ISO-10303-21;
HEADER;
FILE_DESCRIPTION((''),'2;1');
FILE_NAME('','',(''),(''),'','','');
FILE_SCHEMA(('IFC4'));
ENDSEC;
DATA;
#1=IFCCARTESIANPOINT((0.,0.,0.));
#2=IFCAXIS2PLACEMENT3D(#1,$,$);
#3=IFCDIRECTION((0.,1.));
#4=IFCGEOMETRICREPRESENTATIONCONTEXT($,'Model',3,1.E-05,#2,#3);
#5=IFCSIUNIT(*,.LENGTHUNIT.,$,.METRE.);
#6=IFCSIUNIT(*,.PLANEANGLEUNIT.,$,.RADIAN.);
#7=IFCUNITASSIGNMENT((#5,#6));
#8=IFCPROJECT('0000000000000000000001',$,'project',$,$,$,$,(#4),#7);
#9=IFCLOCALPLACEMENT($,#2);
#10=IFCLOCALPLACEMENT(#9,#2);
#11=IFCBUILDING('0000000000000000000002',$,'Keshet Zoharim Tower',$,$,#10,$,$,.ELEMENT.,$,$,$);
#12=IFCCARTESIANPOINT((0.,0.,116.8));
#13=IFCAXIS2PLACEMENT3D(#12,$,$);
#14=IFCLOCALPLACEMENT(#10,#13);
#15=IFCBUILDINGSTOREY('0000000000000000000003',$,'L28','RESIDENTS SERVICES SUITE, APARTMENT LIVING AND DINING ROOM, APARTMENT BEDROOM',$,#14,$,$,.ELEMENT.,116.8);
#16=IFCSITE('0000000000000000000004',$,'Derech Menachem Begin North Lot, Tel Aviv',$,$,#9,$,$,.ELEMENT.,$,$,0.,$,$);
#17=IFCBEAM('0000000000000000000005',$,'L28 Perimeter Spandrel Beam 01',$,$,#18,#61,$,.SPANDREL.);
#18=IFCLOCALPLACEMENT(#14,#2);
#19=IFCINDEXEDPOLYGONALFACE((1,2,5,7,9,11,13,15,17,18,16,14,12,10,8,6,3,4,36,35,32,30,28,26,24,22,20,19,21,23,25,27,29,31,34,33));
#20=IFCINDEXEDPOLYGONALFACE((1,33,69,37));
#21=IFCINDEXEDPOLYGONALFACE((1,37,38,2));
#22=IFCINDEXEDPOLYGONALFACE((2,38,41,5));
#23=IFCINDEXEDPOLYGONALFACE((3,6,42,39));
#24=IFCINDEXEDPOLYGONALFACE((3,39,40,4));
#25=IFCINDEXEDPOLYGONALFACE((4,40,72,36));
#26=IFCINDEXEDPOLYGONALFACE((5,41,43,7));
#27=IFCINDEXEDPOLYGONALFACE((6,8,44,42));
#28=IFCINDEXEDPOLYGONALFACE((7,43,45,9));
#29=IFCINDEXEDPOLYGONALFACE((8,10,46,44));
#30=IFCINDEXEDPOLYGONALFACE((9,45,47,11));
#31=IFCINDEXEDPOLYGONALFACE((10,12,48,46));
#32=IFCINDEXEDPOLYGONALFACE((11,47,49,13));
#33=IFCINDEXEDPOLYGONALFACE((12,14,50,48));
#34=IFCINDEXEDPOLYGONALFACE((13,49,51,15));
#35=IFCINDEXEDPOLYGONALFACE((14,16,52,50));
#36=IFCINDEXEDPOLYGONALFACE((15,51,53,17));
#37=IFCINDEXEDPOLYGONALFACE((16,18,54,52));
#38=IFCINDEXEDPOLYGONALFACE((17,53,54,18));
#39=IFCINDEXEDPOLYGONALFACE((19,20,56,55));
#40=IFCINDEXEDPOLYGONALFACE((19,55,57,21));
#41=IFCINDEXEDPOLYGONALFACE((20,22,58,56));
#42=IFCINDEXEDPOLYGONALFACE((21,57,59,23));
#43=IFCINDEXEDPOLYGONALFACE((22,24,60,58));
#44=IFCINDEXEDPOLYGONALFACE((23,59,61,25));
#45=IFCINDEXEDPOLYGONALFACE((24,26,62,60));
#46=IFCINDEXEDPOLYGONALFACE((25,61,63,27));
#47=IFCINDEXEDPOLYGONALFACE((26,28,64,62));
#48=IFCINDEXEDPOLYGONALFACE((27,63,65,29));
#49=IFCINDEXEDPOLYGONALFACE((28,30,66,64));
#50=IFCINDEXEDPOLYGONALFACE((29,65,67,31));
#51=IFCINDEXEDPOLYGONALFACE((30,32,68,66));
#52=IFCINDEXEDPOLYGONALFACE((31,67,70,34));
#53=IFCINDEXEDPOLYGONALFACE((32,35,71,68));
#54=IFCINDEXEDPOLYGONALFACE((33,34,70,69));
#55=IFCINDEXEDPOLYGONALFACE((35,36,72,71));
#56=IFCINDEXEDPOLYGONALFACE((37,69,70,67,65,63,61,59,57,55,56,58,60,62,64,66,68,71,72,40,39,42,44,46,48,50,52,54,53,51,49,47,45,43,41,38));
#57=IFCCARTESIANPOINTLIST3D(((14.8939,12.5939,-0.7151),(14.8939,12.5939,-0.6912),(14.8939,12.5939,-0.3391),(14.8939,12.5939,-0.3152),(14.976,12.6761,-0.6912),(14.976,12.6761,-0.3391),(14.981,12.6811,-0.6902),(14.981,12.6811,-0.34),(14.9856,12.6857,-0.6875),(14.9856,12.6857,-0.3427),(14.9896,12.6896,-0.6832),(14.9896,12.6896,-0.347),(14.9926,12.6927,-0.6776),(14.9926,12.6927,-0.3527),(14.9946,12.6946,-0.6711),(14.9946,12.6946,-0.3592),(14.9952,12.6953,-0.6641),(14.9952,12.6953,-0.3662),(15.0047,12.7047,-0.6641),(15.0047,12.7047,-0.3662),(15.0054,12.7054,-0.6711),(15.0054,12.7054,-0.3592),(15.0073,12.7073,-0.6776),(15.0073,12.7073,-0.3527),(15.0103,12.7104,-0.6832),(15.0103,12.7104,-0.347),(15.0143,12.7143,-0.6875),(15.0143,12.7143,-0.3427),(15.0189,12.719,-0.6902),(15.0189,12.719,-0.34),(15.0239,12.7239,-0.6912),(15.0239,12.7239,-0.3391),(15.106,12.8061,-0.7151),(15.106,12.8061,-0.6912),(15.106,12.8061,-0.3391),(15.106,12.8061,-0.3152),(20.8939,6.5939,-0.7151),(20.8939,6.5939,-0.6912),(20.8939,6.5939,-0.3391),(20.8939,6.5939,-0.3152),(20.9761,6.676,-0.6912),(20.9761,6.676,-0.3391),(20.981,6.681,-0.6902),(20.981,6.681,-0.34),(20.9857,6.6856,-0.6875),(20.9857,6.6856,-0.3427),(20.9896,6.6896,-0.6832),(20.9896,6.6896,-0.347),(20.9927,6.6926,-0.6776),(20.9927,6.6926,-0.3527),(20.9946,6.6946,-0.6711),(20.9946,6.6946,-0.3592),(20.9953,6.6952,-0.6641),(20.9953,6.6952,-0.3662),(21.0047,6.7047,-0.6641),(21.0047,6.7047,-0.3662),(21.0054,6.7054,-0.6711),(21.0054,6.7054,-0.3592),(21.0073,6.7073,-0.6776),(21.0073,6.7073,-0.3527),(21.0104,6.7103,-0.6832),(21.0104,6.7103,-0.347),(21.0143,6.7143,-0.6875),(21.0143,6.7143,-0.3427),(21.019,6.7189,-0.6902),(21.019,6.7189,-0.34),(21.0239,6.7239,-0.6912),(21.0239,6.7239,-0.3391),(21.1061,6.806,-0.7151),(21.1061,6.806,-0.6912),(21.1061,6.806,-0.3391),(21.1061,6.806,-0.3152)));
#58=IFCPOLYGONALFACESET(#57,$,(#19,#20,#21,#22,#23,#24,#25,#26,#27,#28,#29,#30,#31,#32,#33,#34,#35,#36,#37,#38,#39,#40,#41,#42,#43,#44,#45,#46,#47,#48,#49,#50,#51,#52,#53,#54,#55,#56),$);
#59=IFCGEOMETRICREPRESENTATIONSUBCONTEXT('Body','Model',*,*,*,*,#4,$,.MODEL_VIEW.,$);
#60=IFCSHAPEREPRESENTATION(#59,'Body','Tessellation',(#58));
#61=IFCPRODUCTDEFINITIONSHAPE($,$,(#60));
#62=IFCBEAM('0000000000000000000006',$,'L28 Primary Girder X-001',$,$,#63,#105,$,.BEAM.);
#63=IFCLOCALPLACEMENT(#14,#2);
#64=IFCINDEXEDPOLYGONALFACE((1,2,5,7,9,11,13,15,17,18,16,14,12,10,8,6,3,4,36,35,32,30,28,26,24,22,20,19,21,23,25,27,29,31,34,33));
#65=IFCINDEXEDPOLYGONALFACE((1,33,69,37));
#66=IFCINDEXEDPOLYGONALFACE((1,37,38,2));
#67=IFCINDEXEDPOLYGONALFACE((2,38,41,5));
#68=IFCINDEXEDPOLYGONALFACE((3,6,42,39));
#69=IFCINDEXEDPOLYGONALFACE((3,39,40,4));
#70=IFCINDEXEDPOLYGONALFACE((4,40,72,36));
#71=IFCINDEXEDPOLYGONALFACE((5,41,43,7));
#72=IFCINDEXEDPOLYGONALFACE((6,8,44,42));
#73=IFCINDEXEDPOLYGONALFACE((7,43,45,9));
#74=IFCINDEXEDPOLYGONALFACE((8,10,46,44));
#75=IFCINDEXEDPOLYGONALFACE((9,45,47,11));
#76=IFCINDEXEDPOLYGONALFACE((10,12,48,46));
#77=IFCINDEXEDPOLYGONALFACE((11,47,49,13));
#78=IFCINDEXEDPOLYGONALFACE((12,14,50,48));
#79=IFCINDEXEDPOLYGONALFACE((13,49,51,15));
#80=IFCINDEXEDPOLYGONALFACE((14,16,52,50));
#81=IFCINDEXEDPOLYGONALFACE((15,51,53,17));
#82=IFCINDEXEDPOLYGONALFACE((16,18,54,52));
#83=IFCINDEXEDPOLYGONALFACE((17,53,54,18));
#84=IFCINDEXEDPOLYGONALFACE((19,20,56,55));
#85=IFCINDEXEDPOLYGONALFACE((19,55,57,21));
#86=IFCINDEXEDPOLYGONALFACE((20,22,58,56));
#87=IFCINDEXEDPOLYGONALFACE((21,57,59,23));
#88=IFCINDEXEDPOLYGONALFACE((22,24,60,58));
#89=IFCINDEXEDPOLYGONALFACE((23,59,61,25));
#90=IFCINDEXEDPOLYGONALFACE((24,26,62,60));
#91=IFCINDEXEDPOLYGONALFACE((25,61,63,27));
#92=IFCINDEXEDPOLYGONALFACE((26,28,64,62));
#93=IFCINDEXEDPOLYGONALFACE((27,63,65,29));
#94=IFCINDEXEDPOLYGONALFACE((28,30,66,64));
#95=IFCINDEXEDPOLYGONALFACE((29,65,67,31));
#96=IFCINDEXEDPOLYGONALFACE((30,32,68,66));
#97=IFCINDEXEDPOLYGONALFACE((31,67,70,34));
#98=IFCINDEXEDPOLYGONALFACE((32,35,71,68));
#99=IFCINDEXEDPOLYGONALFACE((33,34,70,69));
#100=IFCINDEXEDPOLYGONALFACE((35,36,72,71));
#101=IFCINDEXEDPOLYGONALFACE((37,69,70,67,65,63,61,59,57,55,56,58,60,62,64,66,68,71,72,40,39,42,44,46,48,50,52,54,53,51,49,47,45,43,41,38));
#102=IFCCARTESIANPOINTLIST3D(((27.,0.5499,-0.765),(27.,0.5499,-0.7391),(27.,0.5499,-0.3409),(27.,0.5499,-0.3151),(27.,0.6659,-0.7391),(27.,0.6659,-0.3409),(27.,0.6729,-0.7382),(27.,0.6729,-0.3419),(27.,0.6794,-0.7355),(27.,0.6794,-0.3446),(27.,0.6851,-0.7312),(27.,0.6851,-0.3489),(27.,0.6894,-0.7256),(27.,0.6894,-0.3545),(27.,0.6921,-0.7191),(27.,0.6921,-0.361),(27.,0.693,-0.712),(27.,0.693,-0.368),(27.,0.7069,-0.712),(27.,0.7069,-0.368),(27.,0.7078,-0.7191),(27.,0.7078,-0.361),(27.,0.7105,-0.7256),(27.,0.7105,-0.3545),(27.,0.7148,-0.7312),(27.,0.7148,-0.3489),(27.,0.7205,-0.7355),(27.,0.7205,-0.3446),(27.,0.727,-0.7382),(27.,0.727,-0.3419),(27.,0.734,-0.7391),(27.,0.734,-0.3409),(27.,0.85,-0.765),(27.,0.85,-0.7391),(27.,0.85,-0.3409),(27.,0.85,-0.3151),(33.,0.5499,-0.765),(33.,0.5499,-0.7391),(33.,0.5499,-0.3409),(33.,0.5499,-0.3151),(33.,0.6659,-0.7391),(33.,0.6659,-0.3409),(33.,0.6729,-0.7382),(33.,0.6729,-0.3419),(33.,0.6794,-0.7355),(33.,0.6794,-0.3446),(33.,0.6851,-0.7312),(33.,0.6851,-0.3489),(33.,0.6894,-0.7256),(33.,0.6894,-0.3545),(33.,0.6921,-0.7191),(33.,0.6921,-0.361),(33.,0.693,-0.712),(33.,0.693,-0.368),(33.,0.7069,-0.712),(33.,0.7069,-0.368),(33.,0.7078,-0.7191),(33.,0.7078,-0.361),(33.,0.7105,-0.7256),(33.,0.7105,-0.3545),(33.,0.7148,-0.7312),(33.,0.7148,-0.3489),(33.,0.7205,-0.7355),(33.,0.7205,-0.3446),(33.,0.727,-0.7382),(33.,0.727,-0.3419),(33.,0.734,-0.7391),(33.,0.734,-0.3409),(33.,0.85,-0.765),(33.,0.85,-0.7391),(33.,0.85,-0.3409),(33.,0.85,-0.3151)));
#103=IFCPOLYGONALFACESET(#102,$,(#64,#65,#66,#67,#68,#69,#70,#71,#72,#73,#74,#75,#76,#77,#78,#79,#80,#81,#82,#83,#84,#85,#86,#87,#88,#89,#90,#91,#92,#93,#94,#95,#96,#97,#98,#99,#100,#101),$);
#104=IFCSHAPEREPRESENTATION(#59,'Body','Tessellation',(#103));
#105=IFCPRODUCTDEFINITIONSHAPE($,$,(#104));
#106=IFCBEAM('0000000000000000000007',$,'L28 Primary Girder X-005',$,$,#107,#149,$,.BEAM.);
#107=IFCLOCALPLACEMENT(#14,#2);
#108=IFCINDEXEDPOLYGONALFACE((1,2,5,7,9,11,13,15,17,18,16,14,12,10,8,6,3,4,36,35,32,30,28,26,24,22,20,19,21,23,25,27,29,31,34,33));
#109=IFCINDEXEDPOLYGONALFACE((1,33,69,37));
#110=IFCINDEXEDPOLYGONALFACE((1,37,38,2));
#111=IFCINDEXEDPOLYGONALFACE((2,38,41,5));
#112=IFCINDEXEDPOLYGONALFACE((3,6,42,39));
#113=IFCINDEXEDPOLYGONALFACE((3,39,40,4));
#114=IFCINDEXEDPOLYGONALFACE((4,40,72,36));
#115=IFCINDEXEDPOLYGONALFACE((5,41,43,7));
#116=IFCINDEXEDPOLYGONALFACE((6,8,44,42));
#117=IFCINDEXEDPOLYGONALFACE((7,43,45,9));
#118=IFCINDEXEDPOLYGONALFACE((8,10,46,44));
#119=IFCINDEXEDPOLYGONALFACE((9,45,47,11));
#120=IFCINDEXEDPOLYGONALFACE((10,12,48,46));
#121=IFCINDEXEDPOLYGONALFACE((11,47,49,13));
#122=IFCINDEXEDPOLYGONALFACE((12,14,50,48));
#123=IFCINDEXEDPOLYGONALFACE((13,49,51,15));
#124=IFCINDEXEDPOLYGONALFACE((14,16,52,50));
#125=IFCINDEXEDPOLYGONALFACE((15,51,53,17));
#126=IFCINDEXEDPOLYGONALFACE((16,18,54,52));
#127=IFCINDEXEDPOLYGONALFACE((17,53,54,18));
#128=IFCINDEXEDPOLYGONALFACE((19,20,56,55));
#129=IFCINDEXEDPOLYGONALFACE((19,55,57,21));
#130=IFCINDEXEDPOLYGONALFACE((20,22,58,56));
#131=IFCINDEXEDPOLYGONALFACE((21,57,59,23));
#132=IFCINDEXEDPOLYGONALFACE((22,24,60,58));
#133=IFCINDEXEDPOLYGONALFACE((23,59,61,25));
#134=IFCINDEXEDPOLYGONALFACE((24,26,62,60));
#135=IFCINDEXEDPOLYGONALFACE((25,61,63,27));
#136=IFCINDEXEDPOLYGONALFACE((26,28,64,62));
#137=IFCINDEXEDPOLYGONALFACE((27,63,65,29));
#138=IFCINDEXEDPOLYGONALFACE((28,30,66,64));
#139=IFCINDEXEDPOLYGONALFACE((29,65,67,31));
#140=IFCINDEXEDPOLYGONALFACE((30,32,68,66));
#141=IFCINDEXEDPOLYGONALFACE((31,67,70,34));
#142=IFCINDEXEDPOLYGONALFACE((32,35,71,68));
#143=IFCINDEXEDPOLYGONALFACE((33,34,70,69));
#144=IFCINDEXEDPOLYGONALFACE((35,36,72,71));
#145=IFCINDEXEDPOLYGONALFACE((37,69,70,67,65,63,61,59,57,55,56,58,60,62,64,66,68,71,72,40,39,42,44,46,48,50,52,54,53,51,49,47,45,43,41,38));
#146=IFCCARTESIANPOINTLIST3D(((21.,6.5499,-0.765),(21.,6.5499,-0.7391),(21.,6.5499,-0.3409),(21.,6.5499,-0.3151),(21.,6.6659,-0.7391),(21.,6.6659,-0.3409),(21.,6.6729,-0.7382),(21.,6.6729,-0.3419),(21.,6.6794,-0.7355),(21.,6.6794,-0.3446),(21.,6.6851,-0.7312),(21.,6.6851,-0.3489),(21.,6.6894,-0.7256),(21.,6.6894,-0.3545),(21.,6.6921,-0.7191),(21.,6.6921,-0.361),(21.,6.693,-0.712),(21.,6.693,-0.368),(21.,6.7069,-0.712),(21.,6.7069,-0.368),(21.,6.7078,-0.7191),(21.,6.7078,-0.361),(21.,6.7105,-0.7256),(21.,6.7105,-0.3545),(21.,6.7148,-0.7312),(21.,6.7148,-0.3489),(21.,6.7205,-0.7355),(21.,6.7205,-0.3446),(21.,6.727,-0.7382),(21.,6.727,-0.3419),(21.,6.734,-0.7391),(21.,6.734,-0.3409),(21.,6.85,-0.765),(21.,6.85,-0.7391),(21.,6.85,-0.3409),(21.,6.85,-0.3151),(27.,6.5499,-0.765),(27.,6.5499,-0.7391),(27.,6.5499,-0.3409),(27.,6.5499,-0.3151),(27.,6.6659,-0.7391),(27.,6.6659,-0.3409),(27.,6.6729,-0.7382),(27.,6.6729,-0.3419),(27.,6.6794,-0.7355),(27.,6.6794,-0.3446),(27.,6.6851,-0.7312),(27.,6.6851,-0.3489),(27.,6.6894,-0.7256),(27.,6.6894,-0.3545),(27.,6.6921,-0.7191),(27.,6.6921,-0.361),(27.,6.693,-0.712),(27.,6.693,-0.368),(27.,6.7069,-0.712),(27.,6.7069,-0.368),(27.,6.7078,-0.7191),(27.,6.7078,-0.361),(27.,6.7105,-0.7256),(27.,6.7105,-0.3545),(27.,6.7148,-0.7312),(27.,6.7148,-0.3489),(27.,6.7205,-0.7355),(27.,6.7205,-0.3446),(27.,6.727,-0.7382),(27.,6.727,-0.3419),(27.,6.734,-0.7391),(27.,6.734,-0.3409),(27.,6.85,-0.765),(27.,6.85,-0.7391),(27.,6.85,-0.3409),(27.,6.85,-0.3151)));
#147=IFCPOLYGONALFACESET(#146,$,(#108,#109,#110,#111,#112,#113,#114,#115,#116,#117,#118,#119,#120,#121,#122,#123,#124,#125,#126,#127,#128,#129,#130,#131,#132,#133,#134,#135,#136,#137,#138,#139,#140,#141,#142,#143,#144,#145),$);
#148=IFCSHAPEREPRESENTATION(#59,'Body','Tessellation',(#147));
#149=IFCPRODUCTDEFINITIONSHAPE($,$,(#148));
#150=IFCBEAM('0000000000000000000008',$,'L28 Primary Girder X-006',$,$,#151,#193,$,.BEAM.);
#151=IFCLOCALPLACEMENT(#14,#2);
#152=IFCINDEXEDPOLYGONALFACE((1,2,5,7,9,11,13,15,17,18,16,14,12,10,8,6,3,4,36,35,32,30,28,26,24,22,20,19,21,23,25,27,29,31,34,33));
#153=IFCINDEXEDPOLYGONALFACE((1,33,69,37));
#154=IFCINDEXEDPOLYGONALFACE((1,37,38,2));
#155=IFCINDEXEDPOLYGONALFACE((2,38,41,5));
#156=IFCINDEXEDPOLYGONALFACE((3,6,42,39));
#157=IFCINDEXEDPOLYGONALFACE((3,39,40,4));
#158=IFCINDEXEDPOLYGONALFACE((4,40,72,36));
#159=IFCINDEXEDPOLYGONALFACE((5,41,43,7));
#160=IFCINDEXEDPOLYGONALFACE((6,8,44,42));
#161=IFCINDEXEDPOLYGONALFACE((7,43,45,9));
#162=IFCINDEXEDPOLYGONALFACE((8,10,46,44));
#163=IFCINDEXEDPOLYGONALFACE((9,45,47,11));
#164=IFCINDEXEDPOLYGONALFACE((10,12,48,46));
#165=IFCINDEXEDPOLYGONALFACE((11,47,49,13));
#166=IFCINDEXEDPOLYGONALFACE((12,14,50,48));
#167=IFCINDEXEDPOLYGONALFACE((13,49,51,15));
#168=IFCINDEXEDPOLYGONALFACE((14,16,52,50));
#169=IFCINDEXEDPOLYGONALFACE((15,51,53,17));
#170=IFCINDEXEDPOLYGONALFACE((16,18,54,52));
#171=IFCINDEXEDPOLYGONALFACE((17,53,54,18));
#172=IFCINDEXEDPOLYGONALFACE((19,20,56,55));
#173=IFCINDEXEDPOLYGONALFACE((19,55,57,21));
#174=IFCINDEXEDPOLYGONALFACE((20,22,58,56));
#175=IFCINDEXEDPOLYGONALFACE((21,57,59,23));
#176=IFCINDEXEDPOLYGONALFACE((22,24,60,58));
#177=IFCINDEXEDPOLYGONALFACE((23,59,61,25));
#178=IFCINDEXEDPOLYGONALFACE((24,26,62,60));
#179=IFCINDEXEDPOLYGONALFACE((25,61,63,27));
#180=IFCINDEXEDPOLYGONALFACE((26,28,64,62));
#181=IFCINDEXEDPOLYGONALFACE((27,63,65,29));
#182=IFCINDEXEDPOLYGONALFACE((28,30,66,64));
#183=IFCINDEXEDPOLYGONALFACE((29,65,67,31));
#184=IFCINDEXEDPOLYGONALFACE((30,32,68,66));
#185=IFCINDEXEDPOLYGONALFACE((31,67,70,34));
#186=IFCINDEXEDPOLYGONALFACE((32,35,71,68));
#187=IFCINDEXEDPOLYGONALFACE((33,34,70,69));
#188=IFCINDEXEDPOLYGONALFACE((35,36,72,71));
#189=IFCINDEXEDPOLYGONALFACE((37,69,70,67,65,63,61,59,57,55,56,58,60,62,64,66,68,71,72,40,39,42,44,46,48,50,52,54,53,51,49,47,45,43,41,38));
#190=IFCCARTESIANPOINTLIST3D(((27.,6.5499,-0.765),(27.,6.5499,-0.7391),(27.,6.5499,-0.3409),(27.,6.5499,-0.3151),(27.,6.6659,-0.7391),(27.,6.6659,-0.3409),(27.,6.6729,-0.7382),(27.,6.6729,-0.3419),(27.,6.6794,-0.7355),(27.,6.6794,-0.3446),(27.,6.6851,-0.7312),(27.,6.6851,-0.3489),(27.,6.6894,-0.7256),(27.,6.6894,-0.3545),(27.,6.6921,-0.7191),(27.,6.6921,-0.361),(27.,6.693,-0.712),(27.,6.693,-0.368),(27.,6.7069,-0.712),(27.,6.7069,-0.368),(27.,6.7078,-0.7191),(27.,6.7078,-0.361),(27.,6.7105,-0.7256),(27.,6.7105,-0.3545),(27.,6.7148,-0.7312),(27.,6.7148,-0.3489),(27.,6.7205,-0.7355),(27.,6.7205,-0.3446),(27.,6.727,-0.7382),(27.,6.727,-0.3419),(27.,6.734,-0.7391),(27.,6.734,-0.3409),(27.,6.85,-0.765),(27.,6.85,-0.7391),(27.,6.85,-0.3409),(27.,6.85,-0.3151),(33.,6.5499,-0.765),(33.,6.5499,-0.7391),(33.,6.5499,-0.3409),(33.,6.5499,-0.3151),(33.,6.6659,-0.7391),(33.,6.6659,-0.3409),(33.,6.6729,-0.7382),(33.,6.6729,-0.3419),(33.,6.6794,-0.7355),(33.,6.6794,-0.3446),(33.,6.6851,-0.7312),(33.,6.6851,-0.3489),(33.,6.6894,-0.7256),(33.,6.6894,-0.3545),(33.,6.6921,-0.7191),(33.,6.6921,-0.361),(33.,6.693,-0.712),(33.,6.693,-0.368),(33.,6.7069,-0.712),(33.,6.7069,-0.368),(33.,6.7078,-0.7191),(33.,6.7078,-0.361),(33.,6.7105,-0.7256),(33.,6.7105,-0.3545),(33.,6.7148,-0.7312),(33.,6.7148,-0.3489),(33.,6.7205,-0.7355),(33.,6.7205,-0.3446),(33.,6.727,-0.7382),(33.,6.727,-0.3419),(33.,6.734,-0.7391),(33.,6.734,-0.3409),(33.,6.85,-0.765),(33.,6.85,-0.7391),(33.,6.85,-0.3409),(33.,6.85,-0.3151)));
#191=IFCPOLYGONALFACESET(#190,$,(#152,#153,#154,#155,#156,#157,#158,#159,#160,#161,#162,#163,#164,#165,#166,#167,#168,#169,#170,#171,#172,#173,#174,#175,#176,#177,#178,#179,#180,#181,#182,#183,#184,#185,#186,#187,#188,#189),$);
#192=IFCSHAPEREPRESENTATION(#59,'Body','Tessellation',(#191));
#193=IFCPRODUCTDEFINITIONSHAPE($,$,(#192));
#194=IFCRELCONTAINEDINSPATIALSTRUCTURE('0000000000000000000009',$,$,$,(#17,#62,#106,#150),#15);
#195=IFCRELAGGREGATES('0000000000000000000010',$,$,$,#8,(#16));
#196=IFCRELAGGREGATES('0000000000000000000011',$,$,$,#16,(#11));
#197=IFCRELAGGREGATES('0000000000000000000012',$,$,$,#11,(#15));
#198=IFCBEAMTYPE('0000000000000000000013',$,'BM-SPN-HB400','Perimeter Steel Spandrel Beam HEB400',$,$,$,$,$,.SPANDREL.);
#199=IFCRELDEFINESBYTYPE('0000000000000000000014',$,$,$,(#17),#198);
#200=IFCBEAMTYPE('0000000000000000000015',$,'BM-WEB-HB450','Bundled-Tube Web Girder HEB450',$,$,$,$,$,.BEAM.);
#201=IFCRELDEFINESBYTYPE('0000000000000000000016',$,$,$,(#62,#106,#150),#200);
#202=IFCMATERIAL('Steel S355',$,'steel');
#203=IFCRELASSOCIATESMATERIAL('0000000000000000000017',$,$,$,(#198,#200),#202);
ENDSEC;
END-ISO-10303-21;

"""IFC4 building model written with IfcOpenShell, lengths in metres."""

from ifc_helpers import new_model, si_unit, direction, frame, origin, origin_2d, place, context, subcontext, project, spatial, i_section, extrude, material, material_profile, profile_set, type_object, element, save


model = new_model("IFC4")

# Units and contexts
model_context = context("Model", 3, precision=1e-05, world=origin(), true_north=direction((0.0, 1.0)))
body_context = subcontext(model_context, "Body", "Model", "MODEL_VIEW")
ifc_project = project(units=[si_unit("LENGTHUNIT", "METRE"), si_unit("PLANEANGLEUNIT", "RADIAN")], contexts=[model_context])

# Site, building, storey
site_placement = place(None, origin())
site = spatial("IfcSite", under=ifc_project, at=site_placement, Name="Derech Menachem Begin North Lot, Tel Aviv", CompositionType="ELEMENT", RefElevation=0.0)
building_placement = place(site_placement, origin())
building = spatial("IfcBuilding", under=site, at=building_placement, Name="Keshet Zoharim Tower", CompositionType="ELEMENT")
storey_placement = place(building_placement, frame((0.0, 0.0, 116.8)))
storey = spatial("IfcBuildingStorey", under=building, at=storey_placement, Name="L28", Description="RESIDENTS SERVICES SUITE, APARTMENT LIVING AND DINING ROOM, APARTMENT BEDROOM", CompositionType="ELEMENT", Elevation=116.8)

# Shared definitions
ifc_material_1 = material(Name="Steel S355", Category="steel")

# Beams
ifc_material_profile_1 = material_profile(ifc_material_1, i_section(OverallWidth=0.3, OverallDepth=0.3999, WebThickness=0.0134, FlangeThickness=0.0239, FilletRadius=0.0271, at=origin_2d()), Name="HEB400")
ifc_profile_set_1 = profile_set([ifc_material_profile_1], Name="Steel S355")
beam_type_1 = type_object("IfcBeamType", Name="BM-SPN-HB400", Description="Perimeter Steel Spandrel Beam HEB400", PredefinedType="SPANDREL", material=ifc_profile_set_1)
beam_1_placement = place(storey_placement, frame((21.0, 6.7, -0.5151), z_axis=(-0.707107, 0.707107, 0.0), x_axis=(-0.707107, -0.707107, 0.0)))
element("IfcBeam", 1, at=beam_1_placement, inside=storey, type_object=beam_type_1, Name="L28 Perimeter Spandrel Beam 01", PredefinedType="SPANDREL", context=body_context, shape_type="SweptSolid", body=[
    extrude(i_section(OverallWidth=0.3, OverallDepth=0.3999, WebThickness=0.0134, FlangeThickness=0.0239, FilletRadius=0.0271, at=origin_2d()), origin(), (0.0, 0.0, 1.0), 8.4854),
])
ifc_material_profile_2 = material_profile(ifc_material_1, i_section(OverallWidth=0.3, OverallDepth=0.45, WebThickness=0.0139, FlangeThickness=0.0259, FilletRadius=0.0271, at=origin_2d()), Name="HEB450")
ifc_profile_set_2 = profile_set([ifc_material_profile_2], Name="Steel S355")
beam_type_2 = type_object("IfcBeamType", Name="BM-WEB-HB450", Description="Bundled-Tube Web Girder HEB450", PredefinedType="BEAM", material=ifc_profile_set_2)
for number, where, z_axis, x_axis, name in (
    (2, (27.0, 0.7, -0.54), (1.0, 0.0, 0.0), (0.0, 1.0, 0.0), "L28 Primary Girder X-001"),
    (3, (21.0, 6.7, -0.54), (1.0, 0.0, 0.0), (0.0, 1.0, 0.0), "L28 Primary Girder X-005"),
    (4, (27.0, 6.7, -0.54), (1.0, 0.0, 0.0), (0.0, 1.0, 0.0), "L28 Primary Girder X-006"),
):
    element("IfcBeam", number, at=place(storey_placement, frame(where, z_axis=z_axis, x_axis=x_axis)), inside=storey, type_object=beam_type_2, Name=name, PredefinedType="BEAM", context=body_context, shape_type="SweptSolid", body=[
        extrude(i_section(OverallWidth=0.3, OverallDepth=0.45, WebThickness=0.0139, FlangeThickness=0.0259, FilletRadius=0.0271, at=origin_2d()), origin(), (0.0, 0.0, 1.0), 6.0),
    ])

save(model, "model.ifc")
